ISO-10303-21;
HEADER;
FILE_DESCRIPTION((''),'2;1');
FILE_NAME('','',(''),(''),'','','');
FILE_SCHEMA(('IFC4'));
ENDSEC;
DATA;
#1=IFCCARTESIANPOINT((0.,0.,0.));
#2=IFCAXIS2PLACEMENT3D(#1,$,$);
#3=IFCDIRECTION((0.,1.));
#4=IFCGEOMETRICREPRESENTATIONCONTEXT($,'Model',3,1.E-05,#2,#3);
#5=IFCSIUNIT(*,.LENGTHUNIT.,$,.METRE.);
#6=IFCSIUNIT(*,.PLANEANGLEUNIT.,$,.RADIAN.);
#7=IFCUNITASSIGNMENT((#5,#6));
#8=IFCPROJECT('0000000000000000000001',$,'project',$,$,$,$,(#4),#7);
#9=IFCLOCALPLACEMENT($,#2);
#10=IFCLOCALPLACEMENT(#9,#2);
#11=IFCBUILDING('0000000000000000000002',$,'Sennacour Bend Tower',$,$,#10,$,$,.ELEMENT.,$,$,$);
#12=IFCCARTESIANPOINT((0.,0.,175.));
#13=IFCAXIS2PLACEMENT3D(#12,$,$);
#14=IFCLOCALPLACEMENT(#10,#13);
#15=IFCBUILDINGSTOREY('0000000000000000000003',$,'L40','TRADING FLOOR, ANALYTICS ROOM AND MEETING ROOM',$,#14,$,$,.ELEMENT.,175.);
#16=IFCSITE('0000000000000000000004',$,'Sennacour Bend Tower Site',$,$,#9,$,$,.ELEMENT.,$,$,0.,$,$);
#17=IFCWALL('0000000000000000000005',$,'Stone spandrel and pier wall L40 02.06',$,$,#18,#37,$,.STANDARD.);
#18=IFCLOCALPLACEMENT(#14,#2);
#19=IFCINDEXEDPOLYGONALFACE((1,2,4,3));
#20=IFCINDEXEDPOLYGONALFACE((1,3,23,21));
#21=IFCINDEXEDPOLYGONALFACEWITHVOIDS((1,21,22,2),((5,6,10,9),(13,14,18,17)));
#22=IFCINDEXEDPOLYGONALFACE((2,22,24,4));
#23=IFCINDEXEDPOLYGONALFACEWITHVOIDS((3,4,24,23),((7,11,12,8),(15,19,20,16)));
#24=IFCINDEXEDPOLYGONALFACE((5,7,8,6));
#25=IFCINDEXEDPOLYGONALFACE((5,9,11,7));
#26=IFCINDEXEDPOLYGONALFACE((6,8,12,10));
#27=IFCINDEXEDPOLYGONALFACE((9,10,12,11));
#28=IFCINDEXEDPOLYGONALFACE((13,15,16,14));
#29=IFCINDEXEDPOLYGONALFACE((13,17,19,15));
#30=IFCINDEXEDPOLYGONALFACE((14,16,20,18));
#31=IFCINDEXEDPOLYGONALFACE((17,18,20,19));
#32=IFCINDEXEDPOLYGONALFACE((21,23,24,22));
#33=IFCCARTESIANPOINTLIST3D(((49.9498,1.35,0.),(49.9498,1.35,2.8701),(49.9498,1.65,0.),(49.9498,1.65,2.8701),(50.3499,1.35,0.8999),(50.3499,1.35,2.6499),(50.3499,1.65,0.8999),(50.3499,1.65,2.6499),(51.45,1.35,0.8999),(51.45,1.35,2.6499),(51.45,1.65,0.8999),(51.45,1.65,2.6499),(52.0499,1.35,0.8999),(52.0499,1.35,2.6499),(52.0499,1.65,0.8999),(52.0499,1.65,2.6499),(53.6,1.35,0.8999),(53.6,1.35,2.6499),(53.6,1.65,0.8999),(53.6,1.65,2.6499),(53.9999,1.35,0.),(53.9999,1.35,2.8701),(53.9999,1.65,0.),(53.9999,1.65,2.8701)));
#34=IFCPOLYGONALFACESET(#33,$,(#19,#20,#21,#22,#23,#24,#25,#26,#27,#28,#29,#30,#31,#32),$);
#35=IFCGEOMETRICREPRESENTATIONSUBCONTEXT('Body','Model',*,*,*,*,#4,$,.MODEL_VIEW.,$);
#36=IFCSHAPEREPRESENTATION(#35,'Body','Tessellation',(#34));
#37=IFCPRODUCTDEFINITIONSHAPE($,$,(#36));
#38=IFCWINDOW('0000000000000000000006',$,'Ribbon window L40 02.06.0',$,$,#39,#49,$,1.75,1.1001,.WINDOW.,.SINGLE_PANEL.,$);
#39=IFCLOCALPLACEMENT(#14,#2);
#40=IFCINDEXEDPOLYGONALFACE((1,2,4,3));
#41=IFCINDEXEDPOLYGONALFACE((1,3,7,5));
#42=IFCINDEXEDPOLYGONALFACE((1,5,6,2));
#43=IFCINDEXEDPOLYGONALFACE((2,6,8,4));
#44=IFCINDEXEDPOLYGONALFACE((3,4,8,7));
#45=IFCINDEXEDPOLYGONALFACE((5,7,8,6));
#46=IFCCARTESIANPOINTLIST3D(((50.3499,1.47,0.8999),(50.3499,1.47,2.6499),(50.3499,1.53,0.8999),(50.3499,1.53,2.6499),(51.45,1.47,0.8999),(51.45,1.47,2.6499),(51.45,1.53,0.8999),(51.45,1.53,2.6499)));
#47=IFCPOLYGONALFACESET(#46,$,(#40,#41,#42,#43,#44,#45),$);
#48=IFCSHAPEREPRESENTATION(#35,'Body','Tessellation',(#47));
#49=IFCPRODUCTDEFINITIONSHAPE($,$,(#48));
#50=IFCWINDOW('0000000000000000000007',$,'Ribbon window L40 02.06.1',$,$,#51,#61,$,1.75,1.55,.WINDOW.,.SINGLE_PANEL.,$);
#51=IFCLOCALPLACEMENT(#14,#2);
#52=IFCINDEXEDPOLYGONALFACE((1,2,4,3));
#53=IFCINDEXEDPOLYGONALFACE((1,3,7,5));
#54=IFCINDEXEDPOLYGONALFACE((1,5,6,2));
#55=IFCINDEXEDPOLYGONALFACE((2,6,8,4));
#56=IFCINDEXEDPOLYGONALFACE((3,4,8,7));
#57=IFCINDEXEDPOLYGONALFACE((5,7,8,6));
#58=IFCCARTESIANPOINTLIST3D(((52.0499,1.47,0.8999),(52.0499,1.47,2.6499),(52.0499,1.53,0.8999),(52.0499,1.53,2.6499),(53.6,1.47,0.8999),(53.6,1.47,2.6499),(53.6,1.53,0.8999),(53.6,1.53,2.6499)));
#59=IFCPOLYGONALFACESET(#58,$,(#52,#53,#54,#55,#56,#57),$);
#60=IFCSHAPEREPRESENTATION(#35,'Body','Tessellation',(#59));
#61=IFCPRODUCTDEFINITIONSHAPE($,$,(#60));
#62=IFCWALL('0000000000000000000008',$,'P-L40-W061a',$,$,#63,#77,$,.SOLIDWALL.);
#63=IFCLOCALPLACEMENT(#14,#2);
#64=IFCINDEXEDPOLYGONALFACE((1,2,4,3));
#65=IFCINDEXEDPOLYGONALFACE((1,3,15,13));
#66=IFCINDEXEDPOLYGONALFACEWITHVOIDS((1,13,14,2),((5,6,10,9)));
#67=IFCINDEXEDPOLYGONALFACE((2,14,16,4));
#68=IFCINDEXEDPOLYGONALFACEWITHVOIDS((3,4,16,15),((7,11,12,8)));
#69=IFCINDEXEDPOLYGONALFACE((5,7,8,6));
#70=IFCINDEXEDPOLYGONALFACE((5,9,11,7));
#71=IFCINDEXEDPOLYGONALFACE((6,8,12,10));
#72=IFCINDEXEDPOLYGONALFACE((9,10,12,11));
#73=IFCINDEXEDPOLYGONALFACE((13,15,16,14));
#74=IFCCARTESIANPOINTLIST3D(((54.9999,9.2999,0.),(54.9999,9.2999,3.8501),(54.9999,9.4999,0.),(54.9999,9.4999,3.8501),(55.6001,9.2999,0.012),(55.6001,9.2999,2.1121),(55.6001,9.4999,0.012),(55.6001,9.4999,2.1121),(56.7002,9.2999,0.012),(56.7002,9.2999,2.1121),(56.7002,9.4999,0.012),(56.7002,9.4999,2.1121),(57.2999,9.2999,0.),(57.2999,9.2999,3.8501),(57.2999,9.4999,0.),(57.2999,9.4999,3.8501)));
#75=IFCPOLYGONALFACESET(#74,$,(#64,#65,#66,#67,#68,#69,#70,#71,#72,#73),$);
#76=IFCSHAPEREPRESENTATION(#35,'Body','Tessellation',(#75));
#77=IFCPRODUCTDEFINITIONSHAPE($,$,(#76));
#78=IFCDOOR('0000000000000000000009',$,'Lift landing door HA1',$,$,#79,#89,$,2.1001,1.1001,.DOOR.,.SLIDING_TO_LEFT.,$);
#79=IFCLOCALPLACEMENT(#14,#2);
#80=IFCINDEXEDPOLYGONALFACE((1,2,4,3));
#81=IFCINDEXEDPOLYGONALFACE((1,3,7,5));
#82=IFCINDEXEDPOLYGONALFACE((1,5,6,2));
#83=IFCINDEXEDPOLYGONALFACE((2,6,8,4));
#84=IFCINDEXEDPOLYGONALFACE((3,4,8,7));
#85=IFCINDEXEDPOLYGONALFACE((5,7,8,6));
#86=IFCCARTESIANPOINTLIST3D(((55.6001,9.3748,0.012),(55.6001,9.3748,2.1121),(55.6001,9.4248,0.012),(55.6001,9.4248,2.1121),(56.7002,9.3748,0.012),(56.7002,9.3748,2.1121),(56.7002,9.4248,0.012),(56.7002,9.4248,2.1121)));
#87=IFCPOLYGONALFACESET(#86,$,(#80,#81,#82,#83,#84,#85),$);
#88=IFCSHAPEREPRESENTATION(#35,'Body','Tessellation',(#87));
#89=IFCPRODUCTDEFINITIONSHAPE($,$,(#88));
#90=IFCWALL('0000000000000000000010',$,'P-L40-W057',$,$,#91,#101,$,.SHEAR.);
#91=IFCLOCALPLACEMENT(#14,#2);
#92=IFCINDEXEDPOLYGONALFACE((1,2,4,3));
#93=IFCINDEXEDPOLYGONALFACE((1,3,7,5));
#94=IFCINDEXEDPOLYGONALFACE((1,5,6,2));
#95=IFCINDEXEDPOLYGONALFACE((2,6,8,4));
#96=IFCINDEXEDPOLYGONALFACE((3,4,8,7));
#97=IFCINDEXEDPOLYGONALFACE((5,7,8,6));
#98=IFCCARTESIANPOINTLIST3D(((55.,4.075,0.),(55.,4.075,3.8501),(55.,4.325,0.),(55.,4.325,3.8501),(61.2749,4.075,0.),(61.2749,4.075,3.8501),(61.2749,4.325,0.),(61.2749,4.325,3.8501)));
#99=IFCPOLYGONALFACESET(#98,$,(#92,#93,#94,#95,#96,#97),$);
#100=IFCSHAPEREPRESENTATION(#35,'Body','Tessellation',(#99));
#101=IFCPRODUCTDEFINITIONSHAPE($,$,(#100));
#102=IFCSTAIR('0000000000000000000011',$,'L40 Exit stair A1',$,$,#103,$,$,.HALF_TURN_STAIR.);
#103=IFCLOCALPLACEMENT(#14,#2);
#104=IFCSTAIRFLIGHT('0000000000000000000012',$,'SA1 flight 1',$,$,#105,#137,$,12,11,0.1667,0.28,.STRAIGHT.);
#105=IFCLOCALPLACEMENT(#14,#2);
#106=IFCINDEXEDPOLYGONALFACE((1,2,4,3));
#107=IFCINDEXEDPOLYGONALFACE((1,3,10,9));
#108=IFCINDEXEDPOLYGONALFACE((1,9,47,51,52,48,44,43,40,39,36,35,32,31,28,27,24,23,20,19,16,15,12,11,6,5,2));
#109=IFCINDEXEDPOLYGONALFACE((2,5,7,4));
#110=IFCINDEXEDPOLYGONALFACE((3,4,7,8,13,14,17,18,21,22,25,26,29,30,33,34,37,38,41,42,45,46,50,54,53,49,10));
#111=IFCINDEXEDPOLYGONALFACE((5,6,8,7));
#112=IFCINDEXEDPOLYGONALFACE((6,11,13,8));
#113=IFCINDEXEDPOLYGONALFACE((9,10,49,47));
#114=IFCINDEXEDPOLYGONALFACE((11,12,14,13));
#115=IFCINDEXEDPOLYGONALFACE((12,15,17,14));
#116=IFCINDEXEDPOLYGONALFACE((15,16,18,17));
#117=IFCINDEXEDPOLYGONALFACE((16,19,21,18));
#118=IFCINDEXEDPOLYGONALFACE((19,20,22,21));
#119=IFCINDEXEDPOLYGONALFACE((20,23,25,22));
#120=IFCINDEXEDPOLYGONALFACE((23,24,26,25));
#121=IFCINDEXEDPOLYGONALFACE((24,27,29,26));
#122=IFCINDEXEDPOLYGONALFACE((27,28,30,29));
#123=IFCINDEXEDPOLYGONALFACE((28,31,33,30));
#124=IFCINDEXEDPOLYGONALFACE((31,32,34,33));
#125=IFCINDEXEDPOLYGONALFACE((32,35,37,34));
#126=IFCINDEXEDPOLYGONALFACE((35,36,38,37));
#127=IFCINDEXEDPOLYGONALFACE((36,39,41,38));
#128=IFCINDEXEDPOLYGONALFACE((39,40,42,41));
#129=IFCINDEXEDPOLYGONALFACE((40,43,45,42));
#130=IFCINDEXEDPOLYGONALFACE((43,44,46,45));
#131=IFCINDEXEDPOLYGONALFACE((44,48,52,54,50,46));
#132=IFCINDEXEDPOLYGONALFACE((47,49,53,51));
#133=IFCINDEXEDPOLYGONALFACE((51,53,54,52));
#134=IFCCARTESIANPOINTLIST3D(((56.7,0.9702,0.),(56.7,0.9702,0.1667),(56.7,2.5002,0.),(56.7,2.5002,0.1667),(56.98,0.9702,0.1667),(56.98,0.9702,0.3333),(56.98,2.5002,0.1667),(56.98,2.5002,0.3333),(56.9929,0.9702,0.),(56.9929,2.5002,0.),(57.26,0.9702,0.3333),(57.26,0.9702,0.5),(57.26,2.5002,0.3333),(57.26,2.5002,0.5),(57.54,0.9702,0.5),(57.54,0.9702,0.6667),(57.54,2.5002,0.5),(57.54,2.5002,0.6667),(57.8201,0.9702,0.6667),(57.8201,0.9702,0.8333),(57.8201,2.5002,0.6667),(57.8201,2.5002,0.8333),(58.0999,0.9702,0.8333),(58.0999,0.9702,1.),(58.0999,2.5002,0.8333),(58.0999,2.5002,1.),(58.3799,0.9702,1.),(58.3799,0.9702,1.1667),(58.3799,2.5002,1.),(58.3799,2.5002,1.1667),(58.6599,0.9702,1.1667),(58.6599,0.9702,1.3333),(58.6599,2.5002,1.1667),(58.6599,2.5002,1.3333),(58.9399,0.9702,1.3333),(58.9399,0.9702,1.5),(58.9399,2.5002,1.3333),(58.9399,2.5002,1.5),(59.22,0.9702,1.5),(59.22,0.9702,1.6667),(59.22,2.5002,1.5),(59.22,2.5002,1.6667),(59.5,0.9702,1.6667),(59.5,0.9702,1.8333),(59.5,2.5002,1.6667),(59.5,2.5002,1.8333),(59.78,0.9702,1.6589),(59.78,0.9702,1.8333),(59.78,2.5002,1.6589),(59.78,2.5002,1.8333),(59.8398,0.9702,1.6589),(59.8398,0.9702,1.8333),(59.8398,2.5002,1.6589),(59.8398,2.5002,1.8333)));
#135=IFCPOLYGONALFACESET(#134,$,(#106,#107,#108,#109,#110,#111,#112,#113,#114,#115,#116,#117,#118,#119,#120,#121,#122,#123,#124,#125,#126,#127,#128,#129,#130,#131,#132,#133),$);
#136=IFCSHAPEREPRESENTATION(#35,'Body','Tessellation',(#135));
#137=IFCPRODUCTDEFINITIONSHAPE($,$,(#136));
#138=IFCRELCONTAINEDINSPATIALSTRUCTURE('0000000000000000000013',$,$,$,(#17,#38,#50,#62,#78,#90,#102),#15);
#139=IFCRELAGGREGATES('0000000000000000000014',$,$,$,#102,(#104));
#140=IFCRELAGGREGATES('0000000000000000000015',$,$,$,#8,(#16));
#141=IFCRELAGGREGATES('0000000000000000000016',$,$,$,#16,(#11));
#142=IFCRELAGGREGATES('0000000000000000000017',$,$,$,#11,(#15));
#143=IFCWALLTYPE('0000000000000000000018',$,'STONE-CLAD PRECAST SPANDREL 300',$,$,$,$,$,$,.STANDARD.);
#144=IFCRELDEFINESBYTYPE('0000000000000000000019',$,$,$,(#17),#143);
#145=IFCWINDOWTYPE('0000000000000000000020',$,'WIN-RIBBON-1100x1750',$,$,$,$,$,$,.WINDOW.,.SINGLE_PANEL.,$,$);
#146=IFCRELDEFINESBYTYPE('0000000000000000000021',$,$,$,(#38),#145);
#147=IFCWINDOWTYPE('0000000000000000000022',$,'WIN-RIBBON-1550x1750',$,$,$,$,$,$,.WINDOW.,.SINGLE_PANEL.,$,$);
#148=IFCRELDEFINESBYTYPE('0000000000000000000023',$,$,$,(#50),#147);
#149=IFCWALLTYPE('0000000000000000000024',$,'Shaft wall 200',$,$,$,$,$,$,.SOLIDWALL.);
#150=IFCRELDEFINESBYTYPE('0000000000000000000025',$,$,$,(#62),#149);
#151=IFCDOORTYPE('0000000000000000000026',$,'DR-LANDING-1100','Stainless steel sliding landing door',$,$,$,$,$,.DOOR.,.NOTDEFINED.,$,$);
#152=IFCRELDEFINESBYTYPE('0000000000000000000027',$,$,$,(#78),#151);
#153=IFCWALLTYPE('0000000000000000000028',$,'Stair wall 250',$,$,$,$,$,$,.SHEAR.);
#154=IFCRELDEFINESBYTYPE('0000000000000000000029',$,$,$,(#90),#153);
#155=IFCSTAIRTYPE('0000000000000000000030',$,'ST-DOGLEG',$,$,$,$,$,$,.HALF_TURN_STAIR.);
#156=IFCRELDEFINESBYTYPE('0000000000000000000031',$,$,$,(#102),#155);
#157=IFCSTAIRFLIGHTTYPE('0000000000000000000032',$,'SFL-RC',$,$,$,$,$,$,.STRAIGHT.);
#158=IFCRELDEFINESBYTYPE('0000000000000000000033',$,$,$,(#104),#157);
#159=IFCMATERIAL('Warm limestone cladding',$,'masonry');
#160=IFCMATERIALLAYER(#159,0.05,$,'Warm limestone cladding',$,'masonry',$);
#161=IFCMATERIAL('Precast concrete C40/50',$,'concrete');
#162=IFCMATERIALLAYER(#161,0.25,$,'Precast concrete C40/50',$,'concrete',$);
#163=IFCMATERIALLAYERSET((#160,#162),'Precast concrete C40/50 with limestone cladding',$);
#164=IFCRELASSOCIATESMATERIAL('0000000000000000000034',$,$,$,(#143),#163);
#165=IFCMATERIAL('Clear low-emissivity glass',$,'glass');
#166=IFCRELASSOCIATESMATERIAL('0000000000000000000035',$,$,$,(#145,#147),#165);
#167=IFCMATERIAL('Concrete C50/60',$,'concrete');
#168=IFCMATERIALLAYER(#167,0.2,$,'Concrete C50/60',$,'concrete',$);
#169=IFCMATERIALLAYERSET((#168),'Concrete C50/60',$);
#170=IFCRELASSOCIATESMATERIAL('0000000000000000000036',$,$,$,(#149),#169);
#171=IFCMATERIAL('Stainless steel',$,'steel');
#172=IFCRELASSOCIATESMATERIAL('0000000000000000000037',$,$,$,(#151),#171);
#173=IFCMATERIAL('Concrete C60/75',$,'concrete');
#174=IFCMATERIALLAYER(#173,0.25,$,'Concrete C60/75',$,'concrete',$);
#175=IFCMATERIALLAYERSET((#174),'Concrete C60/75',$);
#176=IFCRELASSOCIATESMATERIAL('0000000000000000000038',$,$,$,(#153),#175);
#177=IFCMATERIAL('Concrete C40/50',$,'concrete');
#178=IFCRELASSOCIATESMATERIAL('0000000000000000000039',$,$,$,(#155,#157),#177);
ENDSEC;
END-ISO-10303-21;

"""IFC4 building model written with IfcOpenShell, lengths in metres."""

from ifc_helpers import new_model, si_unit, direction, frame, frame_2d, origin, place, context, subcontext, project, spatial, polyline, rectangle, outline, extrude, material, layer, layer_set, type_object, element, fill, aggregate, save


model = new_model("IFC4")

# Units and contexts
model_context = context("Model", 3, precision=1e-05, world=origin(), true_north=direction((0.0, 1.0)))
body_context = subcontext(model_context, "Body", "Model", "MODEL_VIEW")
ifc_project = project(units=[si_unit("LENGTHUNIT", "METRE"), si_unit("PLANEANGLEUNIT", "RADIAN")], contexts=[model_context])

# Site, building, storey
site_placement = place(None, origin())
site = spatial("IfcSite", under=ifc_project, at=site_placement, Name="Sennacour Bend Tower Site", CompositionType="ELEMENT", RefElevation=0.0)
building_placement = place(site_placement, origin())
building = spatial("IfcBuilding", under=site, at=building_placement, Name="Sennacour Bend Tower", CompositionType="ELEMENT")
storey_placement = place(building_placement, frame((0.0, 0.0, 175.0)))
storey = spatial("IfcBuildingStorey", under=building, at=storey_placement, Name="L40", Description="TRADING FLOOR, ANALYTICS ROOM AND MEETING ROOM", CompositionType="ELEMENT", Elevation=175.0)

# Shared definitions
ifc_material_1 = material(Name="Concrete C60/75", Category="concrete")

# Wall, openings, windows
ifc_material_2 = material(Name="Warm limestone cladding", Category="masonry")
ifc_layer_1 = layer(ifc_material_2, 0.05, Name="Warm limestone cladding", Category="masonry")
ifc_material_3 = material(Name="Precast concrete C40/50", Category="concrete")
ifc_layer_2 = layer(ifc_material_3, 0.25, Name="Precast concrete C40/50", Category="concrete")
ifc_layer_set_1 = layer_set([ifc_layer_1, ifc_layer_2], Name="Precast concrete C40/50 with limestone cladding")
wall_type_1 = type_object("IfcWallType", Name="STONE-CLAD PRECAST SPANDREL 300", PredefinedType="STANDARD", material=ifc_layer_set_1)
wall_1_placement = place(storey_placement, frame((49.95, 1.5, 0.0), z_axis=(0.0, 0.0, 1.0), x_axis=(1.0, 0.0, 0.0)))
wall_1 = element("IfcWall", 1, at=wall_1_placement, inside=storey, type_object=wall_type_1, Name="Stone spandrel and pier wall L40 02.06", PredefinedType="STANDARD", context=body_context, shape_type="SweptSolid", body=[
    extrude(rectangle(XDim=4.05, YDim=0.3, at=frame_2d((2.0249, 0.0))), origin(), (0.0, 0.0, 1.0), 2.8701),
])
opening_1_placement = place(wall_1_placement, frame((0.3999, 0.0, 0.8999)))
opening_1 = element("IfcOpeningElement", 2, at=opening_1_placement, cuts=wall_1, PredefinedType="OPENING", context=body_context, shape_type="SweptSolid", body=[
    extrude(rectangle(XDim=1.1001, YDim=1.75, at=frame_2d((0.55, 0.875))), frame((0.0, 0.1602, 0.0), z_axis=(0.0, -1.0, 0.0), x_axis=(1.0, 0.0, 0.0)), (0.0, 0.0, 1.0), 0.3201),
])
opening_2_placement = place(wall_1_placement, frame((2.1001, 0.0, 0.8999)))
opening_2 = element("IfcOpeningElement", 3, at=opening_2_placement, cuts=wall_1, PredefinedType="OPENING", context=body_context, shape_type="SweptSolid", body=[
    extrude(rectangle(XDim=1.55, YDim=1.75, at=frame_2d((0.7749, 0.875))), frame((0.0, 0.1602, 0.0), z_axis=(0.0, -1.0, 0.0), x_axis=(1.0, 0.0, 0.0)), (0.0, 0.0, 1.0), 0.3201),
])
ifc_material_4 = material(Name="Clear low-emissivity glass", Category="glass")
window_type_1 = type_object("IfcWindowType", Name="WIN-RIBBON-1100x1750", PartitioningType="SINGLE_PANEL", PredefinedType="WINDOW", material=ifc_material_4)
window_1_placement = place(opening_1_placement, origin())
window_1 = element("IfcWindow", 4, at=window_1_placement, inside=storey, type_object=window_type_1, Name="Ribbon window L40 02.06.0", OverallHeight=1.75, OverallWidth=1.1001, PartitioningType="SINGLE_PANEL", PredefinedType="WINDOW", context=body_context, shape_type="SweptSolid", body=[
    extrude(rectangle(XDim=1.1001, YDim=1.75, at=frame_2d((0.55, 0.875))), frame((0.0, 0.03, 0.0), z_axis=(0.0, -1.0, 0.0), x_axis=(1.0, 0.0, 0.0)), (0.0, 0.0, 1.0), 0.0601),
])
fill(opening_1, window_1)
window_type_2 = type_object("IfcWindowType", Name="WIN-RIBBON-1550x1750", PartitioningType="SINGLE_PANEL", PredefinedType="WINDOW", material=ifc_material_4)
window_2_placement = place(opening_2_placement, origin())
window_2 = element("IfcWindow", 5, at=window_2_placement, inside=storey, type_object=window_type_2, Name="Ribbon window L40 02.06.1", OverallHeight=1.75, OverallWidth=1.55, PartitioningType="SINGLE_PANEL", PredefinedType="WINDOW", context=body_context, shape_type="SweptSolid", body=[
    extrude(rectangle(XDim=1.55, YDim=1.75, at=frame_2d((0.7749, 0.875))), frame((0.0, 0.03, 0.0), z_axis=(0.0, -1.0, 0.0), x_axis=(1.0, 0.0, 0.0)), (0.0, 0.0, 1.0), 0.0601),
])
fill(opening_2, window_2)

# Wall, opening, door
ifc_material_5 = material(Name="Concrete C50/60", Category="concrete")
ifc_layer_3 = layer(ifc_material_5, 0.2, Name="Concrete C50/60", Category="concrete")
ifc_layer_set_2 = layer_set([ifc_layer_3], Name="Concrete C50/60")
wall_type_2 = type_object("IfcWallType", Name="Shaft wall 200", PredefinedType="SOLIDWALL", material=ifc_layer_set_2)
wall_2_placement = place(storey_placement, frame((55.0, 9.3999, 0.0), z_axis=(0.0, 0.0, 1.0), x_axis=(1.0, 0.0, 0.0)))
wall_2 = element("IfcWall", 6, at=wall_2_placement, inside=storey, type_object=wall_type_2, Name="P-L40-W061a", PredefinedType="SOLIDWALL", context=body_context, shape_type="SweptSolid", body=[
    extrude(rectangle(XDim=2.3, YDim=0.2, at=frame_2d((1.1499, 0.0))), origin(), (0.0, 0.0, 1.0), 3.8501),
])
opening_3_placement = place(wall_2_placement, frame((0.6001, 0.0, 0.012)))
opening_3 = element("IfcOpeningElement", 7, at=opening_3_placement, cuts=wall_2, PredefinedType="OPENING", context=body_context, shape_type="SweptSolid", body=[
    extrude(rectangle(XDim=1.1001, YDim=2.1001, at=frame_2d((0.55, 1.05))), frame((0.0, 0.1099, 0.0), z_axis=(0.0, -1.0, 0.0), x_axis=(1.0, 0.0, 0.0)), (0.0, 0.0, 1.0), 0.22),
])
ifc_material_6 = material(Name="Stainless steel", Category="steel")
door_type_1 = type_object("IfcDoorType", Name="DR-LANDING-1100", Description="Stainless steel sliding landing door", OperationType="NOTDEFINED", PredefinedType="DOOR", material=ifc_material_6)
door_1_placement = place(opening_3_placement, origin())
door_1 = element("IfcDoor", 8, at=door_1_placement, inside=storey, type_object=door_type_1, Name="Lift landing door HA1", OperationType="SLIDING_TO_LEFT", OverallHeight=2.1001, OverallWidth=1.1001, PredefinedType="DOOR", context=body_context, shape_type="SweptSolid", body=[
    extrude(rectangle(XDim=1.1001, YDim=2.1001, at=frame_2d((0.55, 1.05))), frame((0.0, 0.0249, 0.0), z_axis=(0.0, -1.0, 0.0), x_axis=(1.0, 0.0, 0.0)), (0.0, 0.0, 1.0), 0.05),
])
fill(opening_3, door_1)

# Wall
ifc_layer_4 = layer(ifc_material_1, 0.25, Name="Concrete C60/75", Category="concrete")
ifc_layer_set_3 = layer_set([ifc_layer_4], Name="Concrete C60/75")
wall_type_3 = type_object("IfcWallType", Name="Stair wall 250", PredefinedType="SHEAR", material=ifc_layer_set_3)
wall_3_placement = place(storey_placement, frame((55.0, 4.2, 0.0), z_axis=(0.0, 0.0, 1.0), x_axis=(1.0, 0.0, 0.0)))
element("IfcWall", 9, at=wall_3_placement, inside=storey, type_object=wall_type_3, Name="P-L40-W057", PredefinedType="SHEAR", context=body_context, shape_type="SweptSolid", body=[
    extrude(rectangle(XDim=6.2749, YDim=0.25, at=frame_2d((3.1375, 0.0))), origin(), (0.0, 0.0, 1.0), 3.8501),
])

# Stair, stair flight
ifc_material_7 = material(Name="Concrete C40/50", Category="concrete")
stair_type = type_object("IfcStairType", Name="ST-DOGLEG", PredefinedType="HALF_TURN_STAIR", material=ifc_material_7)
stair_placement = place(storey_placement, origin())
stair = element("IfcStair", 10, at=stair_placement, inside=storey, type_object=stair_type, Name="L40 Exit stair A1", PredefinedType="HALF_TURN_STAIR")
stair_flight_type = type_object("IfcStairFlightType", Name="SFL-RC", PredefinedType="STRAIGHT", material=ifc_material_7)
stair_flight_placement = place(storey_placement, frame((56.7, 1.7351, 0.0), z_axis=(0.0, 0.0, 1.0), x_axis=(1.0, 0.0, 0.0)))
stair_flight = element("IfcStairFlight", 11, at=stair_flight_placement, type_object=stair_flight_type, Name="SA1 flight 1", NumberOfRisers=12, NumberOfTreads=11, PredefinedType="STRAIGHT", RiserHeight=0.1667, TreadLength=0.28, context=body_context, shape_type="SweptSolid", body=[
    extrude(outline(polyline([(0.0, 0.0), (0.0, 0.1667), (0.28, 0.1667), (0.28, 0.3333), (0.5601, 0.3333), (0.5601, 0.5), (0.8401, 0.5), (0.8401, 0.6667), (1.1201, 0.6667), (1.1201, 0.8333), (1.3999, 0.8333), (1.3999, 1.0), (1.6799, 1.0), (1.6799, 1.1667), (1.96, 1.1667), (1.96, 1.3333), (2.24, 1.3333), (2.24, 1.5), (2.52, 1.5), (2.52, 1.6667), (2.8, 1.6667), (2.8, 1.8333), (3.0801, 1.8333), (3.1399, 1.8333), (3.1399, 1.6589), (3.0801, 1.6589), (0.293, 0.0), (0.0, 0.0)])), frame((0.0, 0.7651, 0.0), z_axis=(0.0, -1.0, 0.0), x_axis=(1.0, 0.0, 0.0)), (0.0, 0.0, 1.0), 1.53),
])
aggregate(stair, [stair_flight])

save(model, "model.ifc")
